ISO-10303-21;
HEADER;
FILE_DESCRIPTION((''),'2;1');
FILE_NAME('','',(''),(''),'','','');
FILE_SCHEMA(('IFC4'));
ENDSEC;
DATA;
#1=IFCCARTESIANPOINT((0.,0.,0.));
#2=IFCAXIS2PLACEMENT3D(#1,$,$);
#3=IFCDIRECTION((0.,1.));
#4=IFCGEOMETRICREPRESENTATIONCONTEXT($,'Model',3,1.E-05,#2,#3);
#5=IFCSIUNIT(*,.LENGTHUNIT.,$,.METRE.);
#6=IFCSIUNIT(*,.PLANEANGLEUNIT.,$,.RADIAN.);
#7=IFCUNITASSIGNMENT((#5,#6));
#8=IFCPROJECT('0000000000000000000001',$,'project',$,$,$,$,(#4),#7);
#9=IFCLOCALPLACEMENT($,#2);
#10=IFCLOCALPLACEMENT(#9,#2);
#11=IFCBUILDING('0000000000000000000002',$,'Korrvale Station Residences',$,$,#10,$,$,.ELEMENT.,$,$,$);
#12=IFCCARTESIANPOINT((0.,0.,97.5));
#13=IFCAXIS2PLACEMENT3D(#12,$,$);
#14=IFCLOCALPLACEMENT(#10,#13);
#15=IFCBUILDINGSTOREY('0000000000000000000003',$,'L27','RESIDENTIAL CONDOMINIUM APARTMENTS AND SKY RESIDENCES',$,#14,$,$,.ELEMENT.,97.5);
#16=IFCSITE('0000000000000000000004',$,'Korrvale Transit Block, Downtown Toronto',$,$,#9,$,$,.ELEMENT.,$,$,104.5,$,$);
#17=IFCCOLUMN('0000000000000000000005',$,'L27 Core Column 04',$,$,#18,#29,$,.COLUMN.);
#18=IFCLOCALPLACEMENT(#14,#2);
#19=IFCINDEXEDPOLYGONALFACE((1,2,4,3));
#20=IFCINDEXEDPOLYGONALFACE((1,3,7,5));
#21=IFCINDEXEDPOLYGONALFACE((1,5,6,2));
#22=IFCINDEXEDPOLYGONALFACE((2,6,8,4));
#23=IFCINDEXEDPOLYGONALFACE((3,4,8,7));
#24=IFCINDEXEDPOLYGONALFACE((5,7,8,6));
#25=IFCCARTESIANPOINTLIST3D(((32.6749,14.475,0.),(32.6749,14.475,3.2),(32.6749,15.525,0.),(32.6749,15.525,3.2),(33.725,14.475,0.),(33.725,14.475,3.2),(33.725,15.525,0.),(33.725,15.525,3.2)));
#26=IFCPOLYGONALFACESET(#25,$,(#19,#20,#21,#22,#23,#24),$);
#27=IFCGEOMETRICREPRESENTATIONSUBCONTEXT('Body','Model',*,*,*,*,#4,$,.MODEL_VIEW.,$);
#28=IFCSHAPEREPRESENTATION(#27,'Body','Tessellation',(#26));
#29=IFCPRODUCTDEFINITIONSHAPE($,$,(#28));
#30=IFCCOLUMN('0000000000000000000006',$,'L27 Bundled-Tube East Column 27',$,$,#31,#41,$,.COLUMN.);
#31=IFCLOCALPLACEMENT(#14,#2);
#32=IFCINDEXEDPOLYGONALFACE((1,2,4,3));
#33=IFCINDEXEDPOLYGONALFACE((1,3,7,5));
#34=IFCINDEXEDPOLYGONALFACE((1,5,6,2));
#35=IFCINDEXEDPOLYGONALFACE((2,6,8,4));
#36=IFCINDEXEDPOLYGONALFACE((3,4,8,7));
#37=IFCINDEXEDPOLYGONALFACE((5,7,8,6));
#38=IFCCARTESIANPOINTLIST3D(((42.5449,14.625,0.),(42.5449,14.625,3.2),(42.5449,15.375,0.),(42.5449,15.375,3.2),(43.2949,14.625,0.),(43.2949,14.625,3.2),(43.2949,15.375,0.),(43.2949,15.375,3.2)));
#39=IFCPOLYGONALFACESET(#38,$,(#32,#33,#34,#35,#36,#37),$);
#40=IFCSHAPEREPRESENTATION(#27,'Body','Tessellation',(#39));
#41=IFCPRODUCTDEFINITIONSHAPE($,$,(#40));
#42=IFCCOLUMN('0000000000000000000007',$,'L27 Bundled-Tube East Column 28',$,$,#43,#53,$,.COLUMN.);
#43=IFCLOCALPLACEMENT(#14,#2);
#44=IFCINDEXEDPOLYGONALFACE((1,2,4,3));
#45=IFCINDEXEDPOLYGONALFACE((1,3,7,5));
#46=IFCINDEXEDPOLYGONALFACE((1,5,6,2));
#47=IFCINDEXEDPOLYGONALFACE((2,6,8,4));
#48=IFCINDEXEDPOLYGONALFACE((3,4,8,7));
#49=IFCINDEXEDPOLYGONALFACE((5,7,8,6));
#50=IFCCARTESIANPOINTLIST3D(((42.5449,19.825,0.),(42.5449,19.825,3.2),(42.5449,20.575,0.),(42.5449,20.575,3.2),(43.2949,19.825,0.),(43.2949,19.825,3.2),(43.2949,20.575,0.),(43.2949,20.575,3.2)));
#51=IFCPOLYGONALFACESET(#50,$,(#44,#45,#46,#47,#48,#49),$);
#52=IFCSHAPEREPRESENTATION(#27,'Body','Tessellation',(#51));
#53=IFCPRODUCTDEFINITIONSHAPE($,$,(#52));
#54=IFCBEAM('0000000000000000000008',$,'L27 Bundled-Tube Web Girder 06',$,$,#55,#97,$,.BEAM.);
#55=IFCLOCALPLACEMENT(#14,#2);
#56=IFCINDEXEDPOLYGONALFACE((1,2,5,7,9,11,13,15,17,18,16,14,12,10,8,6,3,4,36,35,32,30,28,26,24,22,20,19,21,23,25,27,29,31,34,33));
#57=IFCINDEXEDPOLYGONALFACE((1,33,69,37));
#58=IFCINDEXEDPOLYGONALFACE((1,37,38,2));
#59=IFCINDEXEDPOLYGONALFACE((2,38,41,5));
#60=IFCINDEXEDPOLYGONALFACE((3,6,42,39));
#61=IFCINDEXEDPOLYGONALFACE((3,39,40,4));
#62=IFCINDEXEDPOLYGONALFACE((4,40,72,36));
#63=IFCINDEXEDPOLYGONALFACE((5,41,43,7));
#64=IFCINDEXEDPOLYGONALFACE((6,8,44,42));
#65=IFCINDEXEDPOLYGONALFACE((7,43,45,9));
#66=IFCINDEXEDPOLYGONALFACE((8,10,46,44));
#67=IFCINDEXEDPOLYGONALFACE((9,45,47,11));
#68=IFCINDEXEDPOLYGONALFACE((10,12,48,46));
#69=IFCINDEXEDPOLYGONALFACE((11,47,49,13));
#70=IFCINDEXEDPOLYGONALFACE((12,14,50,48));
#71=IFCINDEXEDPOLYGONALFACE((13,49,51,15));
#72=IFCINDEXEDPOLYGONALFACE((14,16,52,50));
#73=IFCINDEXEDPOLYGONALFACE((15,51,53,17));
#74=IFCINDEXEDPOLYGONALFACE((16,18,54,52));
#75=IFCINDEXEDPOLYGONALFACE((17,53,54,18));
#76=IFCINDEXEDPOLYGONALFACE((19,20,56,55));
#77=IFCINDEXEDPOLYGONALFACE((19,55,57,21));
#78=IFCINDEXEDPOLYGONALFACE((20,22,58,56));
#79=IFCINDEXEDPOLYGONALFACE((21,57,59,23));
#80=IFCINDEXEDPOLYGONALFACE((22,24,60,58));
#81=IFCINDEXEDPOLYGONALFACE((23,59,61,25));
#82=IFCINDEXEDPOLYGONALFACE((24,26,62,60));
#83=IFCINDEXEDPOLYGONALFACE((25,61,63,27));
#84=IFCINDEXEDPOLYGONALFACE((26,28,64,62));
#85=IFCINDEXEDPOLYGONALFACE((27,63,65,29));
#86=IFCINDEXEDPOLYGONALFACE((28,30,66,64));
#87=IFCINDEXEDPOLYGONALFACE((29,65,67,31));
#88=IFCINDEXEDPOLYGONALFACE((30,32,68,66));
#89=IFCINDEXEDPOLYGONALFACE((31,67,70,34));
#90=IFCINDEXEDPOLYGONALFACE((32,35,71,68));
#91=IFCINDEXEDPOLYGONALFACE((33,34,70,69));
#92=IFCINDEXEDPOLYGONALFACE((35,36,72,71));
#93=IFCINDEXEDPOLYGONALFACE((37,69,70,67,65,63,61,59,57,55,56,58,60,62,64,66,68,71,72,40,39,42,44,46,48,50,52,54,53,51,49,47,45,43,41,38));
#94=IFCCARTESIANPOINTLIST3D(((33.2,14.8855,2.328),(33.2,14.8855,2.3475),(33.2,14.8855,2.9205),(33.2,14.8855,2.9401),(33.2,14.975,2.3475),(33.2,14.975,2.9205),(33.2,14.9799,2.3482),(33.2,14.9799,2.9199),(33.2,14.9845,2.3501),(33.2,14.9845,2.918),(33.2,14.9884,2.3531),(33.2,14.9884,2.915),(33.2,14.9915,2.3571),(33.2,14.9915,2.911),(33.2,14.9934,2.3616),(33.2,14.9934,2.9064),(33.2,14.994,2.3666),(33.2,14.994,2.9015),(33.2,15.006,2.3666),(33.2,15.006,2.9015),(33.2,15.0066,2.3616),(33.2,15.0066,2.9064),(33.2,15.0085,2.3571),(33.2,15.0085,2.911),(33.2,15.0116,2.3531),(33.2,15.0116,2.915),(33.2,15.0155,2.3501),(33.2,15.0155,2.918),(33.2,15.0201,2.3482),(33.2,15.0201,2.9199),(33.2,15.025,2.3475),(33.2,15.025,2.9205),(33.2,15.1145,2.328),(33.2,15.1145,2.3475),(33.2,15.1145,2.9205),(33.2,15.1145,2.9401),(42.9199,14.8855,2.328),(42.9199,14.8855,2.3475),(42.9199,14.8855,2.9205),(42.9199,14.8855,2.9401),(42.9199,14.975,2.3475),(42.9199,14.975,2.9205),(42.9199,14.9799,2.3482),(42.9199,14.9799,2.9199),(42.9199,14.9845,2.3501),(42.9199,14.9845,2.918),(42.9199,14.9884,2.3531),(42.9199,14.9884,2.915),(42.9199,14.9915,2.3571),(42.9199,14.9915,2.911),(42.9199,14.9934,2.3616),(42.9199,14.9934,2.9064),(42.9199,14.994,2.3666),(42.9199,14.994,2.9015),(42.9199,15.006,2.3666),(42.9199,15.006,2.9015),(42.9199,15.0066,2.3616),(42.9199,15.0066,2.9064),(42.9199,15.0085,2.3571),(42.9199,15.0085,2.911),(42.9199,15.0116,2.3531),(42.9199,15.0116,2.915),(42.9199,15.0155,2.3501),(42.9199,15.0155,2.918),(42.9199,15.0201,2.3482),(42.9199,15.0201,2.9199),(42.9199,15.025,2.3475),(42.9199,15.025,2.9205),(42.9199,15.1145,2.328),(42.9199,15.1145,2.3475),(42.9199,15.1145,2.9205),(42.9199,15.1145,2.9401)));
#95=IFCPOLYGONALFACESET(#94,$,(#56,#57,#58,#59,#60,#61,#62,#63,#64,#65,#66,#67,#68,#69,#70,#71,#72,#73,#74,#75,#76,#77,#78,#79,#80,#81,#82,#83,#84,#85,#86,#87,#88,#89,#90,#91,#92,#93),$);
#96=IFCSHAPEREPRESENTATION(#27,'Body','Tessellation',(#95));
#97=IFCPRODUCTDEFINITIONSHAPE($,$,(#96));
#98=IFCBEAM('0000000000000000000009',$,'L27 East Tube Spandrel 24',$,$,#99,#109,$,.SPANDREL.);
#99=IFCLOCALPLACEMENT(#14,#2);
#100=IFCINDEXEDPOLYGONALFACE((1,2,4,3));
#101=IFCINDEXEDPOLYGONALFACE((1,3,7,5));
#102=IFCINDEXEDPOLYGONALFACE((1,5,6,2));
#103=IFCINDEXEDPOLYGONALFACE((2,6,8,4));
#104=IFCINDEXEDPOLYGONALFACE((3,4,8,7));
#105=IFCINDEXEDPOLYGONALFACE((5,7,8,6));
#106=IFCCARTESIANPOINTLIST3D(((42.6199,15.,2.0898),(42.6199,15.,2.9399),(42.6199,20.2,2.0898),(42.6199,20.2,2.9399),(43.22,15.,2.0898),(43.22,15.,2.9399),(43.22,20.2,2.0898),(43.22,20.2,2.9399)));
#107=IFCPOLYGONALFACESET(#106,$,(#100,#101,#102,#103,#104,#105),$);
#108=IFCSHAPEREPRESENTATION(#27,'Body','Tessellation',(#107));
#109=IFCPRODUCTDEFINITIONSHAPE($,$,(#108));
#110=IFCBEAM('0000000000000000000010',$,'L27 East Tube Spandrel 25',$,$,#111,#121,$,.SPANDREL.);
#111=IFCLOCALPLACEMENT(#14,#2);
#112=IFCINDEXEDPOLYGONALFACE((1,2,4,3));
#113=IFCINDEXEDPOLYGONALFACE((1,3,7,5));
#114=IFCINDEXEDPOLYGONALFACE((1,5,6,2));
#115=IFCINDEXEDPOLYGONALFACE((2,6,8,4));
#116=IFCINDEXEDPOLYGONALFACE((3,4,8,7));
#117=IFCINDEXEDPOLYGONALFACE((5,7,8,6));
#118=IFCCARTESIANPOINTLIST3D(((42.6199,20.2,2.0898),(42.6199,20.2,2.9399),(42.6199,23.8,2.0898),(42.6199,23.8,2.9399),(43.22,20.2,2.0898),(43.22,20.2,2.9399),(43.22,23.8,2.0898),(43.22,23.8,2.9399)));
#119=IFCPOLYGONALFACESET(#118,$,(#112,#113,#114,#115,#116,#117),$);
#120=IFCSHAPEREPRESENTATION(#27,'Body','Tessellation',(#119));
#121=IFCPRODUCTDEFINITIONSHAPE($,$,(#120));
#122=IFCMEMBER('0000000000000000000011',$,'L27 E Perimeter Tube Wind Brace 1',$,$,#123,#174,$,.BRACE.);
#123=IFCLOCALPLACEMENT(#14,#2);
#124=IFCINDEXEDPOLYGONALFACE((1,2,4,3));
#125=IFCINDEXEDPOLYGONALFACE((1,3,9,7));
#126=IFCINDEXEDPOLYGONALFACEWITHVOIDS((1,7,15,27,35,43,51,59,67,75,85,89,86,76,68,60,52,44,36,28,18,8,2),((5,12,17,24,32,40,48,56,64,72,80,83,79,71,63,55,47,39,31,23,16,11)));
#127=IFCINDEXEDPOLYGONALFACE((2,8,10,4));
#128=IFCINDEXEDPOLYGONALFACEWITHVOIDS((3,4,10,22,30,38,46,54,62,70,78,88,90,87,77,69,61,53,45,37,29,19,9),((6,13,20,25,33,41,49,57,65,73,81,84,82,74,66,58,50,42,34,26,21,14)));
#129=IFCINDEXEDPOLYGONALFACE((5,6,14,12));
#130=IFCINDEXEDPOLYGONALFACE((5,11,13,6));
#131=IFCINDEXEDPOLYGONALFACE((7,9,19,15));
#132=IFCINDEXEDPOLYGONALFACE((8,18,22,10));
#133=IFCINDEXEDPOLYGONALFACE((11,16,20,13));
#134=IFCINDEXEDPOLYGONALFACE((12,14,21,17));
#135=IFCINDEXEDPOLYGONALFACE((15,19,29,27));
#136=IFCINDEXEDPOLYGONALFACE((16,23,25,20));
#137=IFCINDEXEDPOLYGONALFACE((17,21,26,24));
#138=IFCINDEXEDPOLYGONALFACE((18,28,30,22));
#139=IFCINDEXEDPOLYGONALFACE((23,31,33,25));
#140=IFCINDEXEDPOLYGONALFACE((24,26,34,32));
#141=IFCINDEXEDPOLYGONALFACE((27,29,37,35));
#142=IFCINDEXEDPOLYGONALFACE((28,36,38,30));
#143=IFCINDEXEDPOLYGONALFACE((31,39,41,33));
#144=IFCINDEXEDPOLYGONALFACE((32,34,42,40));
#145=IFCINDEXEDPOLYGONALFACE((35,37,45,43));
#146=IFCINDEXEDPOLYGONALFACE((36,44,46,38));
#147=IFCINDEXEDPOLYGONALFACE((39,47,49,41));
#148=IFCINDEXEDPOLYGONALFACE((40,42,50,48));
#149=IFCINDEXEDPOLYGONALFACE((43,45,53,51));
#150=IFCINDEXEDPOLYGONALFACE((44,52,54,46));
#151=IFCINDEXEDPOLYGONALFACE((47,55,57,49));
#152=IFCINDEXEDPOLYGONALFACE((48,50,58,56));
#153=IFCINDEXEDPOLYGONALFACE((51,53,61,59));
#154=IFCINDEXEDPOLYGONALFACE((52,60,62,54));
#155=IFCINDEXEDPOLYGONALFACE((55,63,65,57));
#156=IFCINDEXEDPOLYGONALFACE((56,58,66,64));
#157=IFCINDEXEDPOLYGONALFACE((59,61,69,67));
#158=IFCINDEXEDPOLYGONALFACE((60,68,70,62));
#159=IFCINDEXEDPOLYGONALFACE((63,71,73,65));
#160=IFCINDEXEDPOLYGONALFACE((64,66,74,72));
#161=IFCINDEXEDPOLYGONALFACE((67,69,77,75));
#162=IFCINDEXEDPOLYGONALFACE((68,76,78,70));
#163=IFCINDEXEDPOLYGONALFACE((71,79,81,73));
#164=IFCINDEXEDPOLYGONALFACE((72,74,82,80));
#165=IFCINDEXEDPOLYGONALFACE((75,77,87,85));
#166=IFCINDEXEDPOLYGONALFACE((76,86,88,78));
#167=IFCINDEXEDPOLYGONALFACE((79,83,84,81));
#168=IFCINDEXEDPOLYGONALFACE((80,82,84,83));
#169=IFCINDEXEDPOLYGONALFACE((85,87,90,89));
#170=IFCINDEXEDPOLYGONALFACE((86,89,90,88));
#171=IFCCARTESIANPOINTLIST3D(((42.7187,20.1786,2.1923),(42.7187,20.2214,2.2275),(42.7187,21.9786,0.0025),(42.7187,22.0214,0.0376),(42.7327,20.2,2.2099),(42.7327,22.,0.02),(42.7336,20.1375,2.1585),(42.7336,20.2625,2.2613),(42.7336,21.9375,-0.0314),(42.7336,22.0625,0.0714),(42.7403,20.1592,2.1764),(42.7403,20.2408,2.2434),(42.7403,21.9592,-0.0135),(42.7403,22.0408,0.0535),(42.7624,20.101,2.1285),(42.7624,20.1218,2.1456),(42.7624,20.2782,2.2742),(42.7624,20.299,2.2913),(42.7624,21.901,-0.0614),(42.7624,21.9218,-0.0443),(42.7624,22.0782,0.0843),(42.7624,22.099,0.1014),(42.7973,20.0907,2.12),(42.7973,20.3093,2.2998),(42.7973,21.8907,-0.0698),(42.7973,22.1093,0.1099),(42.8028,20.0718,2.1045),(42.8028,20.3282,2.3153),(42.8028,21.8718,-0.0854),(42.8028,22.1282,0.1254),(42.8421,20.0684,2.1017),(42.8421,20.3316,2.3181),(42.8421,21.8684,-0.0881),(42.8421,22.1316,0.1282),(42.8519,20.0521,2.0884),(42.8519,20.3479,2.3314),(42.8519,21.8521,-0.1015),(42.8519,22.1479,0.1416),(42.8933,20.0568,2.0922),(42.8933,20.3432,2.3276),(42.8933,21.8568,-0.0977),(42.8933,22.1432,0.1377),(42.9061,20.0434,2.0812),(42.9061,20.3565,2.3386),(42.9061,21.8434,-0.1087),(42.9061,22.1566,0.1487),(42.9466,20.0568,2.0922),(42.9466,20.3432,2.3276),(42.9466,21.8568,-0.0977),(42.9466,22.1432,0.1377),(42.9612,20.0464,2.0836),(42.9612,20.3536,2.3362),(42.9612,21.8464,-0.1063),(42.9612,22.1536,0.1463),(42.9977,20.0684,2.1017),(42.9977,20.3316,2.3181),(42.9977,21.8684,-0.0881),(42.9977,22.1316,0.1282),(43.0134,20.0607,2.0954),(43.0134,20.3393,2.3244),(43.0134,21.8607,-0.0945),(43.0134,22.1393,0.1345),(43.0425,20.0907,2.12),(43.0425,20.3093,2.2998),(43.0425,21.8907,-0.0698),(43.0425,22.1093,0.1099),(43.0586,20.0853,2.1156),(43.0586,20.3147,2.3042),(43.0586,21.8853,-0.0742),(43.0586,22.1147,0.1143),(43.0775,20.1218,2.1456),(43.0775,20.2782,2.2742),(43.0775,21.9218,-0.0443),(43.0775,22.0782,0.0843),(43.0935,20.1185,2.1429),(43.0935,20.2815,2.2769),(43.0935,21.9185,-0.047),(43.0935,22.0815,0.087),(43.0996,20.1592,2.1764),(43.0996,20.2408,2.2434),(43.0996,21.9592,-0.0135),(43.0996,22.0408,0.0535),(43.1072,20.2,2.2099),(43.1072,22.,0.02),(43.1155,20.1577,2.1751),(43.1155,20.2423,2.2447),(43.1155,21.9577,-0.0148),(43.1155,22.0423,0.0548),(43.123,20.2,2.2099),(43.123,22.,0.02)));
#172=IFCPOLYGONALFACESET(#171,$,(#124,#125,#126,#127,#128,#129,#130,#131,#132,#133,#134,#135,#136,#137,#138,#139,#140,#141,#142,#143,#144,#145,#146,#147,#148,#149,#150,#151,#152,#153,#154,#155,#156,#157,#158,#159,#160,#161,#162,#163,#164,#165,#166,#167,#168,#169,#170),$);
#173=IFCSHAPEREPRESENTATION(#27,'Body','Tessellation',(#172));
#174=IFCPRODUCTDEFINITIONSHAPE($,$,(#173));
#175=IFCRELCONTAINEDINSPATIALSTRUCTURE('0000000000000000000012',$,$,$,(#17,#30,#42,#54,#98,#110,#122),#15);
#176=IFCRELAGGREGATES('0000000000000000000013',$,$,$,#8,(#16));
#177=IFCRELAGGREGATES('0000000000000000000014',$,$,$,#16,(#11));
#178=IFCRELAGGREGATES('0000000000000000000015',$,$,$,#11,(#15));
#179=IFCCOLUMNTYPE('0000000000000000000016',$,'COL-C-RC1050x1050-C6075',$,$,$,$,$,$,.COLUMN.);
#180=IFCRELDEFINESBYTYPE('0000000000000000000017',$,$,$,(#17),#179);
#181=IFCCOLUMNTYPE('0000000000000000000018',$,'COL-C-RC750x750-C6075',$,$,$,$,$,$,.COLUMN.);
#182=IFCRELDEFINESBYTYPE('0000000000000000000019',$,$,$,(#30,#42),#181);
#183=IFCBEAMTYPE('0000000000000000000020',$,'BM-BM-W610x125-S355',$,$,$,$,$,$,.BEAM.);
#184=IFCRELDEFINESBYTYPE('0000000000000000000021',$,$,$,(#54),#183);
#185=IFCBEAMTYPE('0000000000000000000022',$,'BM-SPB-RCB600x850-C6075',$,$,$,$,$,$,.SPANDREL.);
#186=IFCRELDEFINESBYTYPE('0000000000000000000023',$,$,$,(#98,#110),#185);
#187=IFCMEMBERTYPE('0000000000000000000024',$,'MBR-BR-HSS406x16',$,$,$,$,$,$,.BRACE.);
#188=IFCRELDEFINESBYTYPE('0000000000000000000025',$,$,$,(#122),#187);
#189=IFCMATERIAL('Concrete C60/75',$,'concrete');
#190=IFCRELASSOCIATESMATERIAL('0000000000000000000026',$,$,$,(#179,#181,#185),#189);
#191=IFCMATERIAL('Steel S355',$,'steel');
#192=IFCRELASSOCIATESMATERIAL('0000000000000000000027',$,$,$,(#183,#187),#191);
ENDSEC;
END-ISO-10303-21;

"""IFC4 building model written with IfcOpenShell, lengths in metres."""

from ifc_helpers import new_model, si_unit, direction, frame, origin, origin_2d, place, context, subcontext, project, spatial, rectangle, hollow_circle, i_section, extrude, material, material_profile, profile_set, type_object, element, save


model = new_model("IFC4")

# Units and contexts
model_context = context("Model", 3, precision=1e-05, world=origin(), true_north=direction((0.0, 1.0)))
body_context = subcontext(model_context, "Body", "Model", "MODEL_VIEW")
ifc_project = project(units=[si_unit("LENGTHUNIT", "METRE"), si_unit("PLANEANGLEUNIT", "RADIAN")], contexts=[model_context])

# Site, building, storey
site_placement = place(None, origin())
site = spatial("IfcSite", under=ifc_project, at=site_placement, Name="Korrvale Transit Block, Downtown Toronto", CompositionType="ELEMENT", RefElevation=104.5)
building_placement = place(site_placement, origin())
building = spatial("IfcBuilding", under=site, at=building_placement, Name="Korrvale Station Residences", CompositionType="ELEMENT")
storey_placement = place(building_placement, frame((0.0, 0.0, 97.5)))
storey = spatial("IfcBuildingStorey", under=building, at=storey_placement, Name="L27", Description="RESIDENTIAL CONDOMINIUM APARTMENTS AND SKY RESIDENCES", CompositionType="ELEMENT", Elevation=97.5)

# Columns
ifc_material_1 = material(Name="Concrete C60/75", Category="concrete")
ifc_material_profile_1 = material_profile(ifc_material_1, rectangle(XDim=1.05, YDim=1.05, at=origin_2d()), Name="RC1050x1050")
ifc_profile_set_1 = profile_set([ifc_material_profile_1], Name="Concrete C60/75")
column_type_1 = type_object("IfcColumnType", Name="COL-C-RC1050x1050-C6075", PredefinedType="COLUMN", material=ifc_profile_set_1)
column_placement = place(storey_placement, frame((33.2, 15.0, 0.0), z_axis=(0.0, 0.0, 1.0), x_axis=(1.0, 0.0, 0.0)))
element("IfcColumn", 1, at=column_placement, inside=storey, type_object=column_type_1, Name="L27 Core Column 04", PredefinedType="COLUMN", context=body_context, shape_type="SweptSolid", body=[
    extrude(rectangle(XDim=1.05, YDim=1.05, at=origin_2d()), origin(), (0.0, 0.0, 1.0), 3.2),
])
ifc_material_profile_2 = material_profile(ifc_material_1, rectangle(XDim=0.75, YDim=0.75, at=origin_2d()), Name="RC750x750")
ifc_profile_set_2 = profile_set([ifc_material_profile_2], Name="Concrete C60/75")
column_type_2 = type_object("IfcColumnType", Name="COL-C-RC750x750-C6075", PredefinedType="COLUMN", material=ifc_profile_set_2)
for number, where, z_axis, x_axis, name in (
    (2, (42.9199, 15.0, 0.0), (0.0, 0.0, 1.0), (1.0, 0.0, 0.0), "L27 Bundled-Tube East Column 27"),
    (3, (42.9199, 20.2, 0.0), (0.0, 0.0, 1.0), (1.0, 0.0, 0.0), "L27 Bundled-Tube East Column 28"),
):
    element("IfcColumn", number, at=place(storey_placement, frame(where, z_axis=z_axis, x_axis=x_axis)), inside=storey, type_object=column_type_2, Name=name, PredefinedType="COLUMN", context=body_context, shape_type="SweptSolid", body=[
        extrude(rectangle(XDim=0.75, YDim=0.75, at=origin_2d()), origin(), (0.0, 0.0, 1.0), 3.2),
    ])

# Beams
ifc_material_2 = material(Name="Steel S355", Category="steel")
ifc_material_profile_3 = material_profile(ifc_material_2, i_section(OverallWidth=0.229, OverallDepth=0.6121, WebThickness=0.012, FlangeThickness=0.0195, FilletRadius=0.019, at=origin_2d()), Name="W610x125")
ifc_profile_set_3 = profile_set([ifc_material_profile_3], Name="Steel S355")
beam_type_1 = type_object("IfcBeamType", Name="BM-BM-W610x125-S355", PredefinedType="BEAM", material=ifc_profile_set_3)
beam_1_placement = place(storey_placement, frame((33.2, 15.0, 2.634), z_axis=(1.0, 0.0, 0.0), x_axis=(0.0, 1.0, 0.0)))
element("IfcBeam", 4, at=beam_1_placement, inside=storey, type_object=beam_type_1, Name="L27 Bundled-Tube Web Girder 06", PredefinedType="BEAM", context=body_context, shape_type="SweptSolid", body=[
    extrude(i_section(OverallWidth=0.229, OverallDepth=0.6121, WebThickness=0.012, FlangeThickness=0.0195, FilletRadius=0.019, at=origin_2d()), origin(), (0.0, 0.0, 1.0), 9.72),
])
ifc_material_profile_4 = material_profile(ifc_material_1, rectangle(XDim=0.6001, YDim=0.8501, at=origin_2d()), Name="RCB600x850")
ifc_profile_set_4 = profile_set([ifc_material_profile_4], Name="Concrete C60/75")
beam_type_2 = type_object("IfcBeamType", Name="BM-SPB-RCB600x850-C6075", PredefinedType="SPANDREL", material=ifc_profile_set_4)
beam_2_placement = place(storey_placement, frame((42.9199, 15.0, 2.5149), z_axis=(0.0, 1.0, 0.0), x_axis=(-1.0, 0.0, 0.0)))
element("IfcBeam", 5, at=beam_2_placement, inside=storey, type_object=beam_type_2, Name="L27 East Tube Spandrel 24", PredefinedType="SPANDREL", context=body_context, shape_type="SweptSolid", body=[
    extrude(rectangle(XDim=0.6001, YDim=0.8501, at=origin_2d()), origin(), (0.0, 0.0, 1.0), 5.2),
])
beam_3_placement = place(storey_placement, frame((42.9199, 20.2, 2.5149), z_axis=(0.0, 1.0, 0.0), x_axis=(-1.0, 0.0, 0.0)))
element("IfcBeam", 6, at=beam_3_placement, inside=storey, type_object=beam_type_2, Name="L27 East Tube Spandrel 25", PredefinedType="SPANDREL", context=body_context, shape_type="SweptSolid", body=[
    extrude(rectangle(XDim=0.6001, YDim=0.8501, at=origin_2d()), origin(), (0.0, 0.0, 1.0), 3.6001),
])

# Member
ifc_material_profile_5 = material_profile(ifc_material_2, hollow_circle(Radius=0.2031, WallThickness=0.0159, at=origin_2d()), Name="HSS406x16")
ifc_profile_set_5 = profile_set([ifc_material_profile_5], Name="Steel S355")
member_type = type_object("IfcMemberType", Name="MBR-BR-HSS406x16", PredefinedType="BRACE", material=ifc_profile_set_5)
for number, where, z_axis, x_axis, name in (
    (7, (42.9199, 22.0, 0.02), (0.0, -0.634985, 0.772524), (1.0, 0.0, 0.0), "L27 E Perimeter Tube Wind Brace 1"),
):
    element("IfcMember", number, at=place(storey_placement, frame(where, z_axis=z_axis, x_axis=x_axis)), inside=storey, type_object=member_type, Name=name, PredefinedType="BRACE", context=body_context, shape_type="SweptSolid", body=[
        extrude(hollow_circle(Radius=0.2031, WallThickness=0.0159, at=origin_2d()), origin(), (0.0, 0.0, 1.0), 2.8347),
    ])

save(model, "model.ifc")
